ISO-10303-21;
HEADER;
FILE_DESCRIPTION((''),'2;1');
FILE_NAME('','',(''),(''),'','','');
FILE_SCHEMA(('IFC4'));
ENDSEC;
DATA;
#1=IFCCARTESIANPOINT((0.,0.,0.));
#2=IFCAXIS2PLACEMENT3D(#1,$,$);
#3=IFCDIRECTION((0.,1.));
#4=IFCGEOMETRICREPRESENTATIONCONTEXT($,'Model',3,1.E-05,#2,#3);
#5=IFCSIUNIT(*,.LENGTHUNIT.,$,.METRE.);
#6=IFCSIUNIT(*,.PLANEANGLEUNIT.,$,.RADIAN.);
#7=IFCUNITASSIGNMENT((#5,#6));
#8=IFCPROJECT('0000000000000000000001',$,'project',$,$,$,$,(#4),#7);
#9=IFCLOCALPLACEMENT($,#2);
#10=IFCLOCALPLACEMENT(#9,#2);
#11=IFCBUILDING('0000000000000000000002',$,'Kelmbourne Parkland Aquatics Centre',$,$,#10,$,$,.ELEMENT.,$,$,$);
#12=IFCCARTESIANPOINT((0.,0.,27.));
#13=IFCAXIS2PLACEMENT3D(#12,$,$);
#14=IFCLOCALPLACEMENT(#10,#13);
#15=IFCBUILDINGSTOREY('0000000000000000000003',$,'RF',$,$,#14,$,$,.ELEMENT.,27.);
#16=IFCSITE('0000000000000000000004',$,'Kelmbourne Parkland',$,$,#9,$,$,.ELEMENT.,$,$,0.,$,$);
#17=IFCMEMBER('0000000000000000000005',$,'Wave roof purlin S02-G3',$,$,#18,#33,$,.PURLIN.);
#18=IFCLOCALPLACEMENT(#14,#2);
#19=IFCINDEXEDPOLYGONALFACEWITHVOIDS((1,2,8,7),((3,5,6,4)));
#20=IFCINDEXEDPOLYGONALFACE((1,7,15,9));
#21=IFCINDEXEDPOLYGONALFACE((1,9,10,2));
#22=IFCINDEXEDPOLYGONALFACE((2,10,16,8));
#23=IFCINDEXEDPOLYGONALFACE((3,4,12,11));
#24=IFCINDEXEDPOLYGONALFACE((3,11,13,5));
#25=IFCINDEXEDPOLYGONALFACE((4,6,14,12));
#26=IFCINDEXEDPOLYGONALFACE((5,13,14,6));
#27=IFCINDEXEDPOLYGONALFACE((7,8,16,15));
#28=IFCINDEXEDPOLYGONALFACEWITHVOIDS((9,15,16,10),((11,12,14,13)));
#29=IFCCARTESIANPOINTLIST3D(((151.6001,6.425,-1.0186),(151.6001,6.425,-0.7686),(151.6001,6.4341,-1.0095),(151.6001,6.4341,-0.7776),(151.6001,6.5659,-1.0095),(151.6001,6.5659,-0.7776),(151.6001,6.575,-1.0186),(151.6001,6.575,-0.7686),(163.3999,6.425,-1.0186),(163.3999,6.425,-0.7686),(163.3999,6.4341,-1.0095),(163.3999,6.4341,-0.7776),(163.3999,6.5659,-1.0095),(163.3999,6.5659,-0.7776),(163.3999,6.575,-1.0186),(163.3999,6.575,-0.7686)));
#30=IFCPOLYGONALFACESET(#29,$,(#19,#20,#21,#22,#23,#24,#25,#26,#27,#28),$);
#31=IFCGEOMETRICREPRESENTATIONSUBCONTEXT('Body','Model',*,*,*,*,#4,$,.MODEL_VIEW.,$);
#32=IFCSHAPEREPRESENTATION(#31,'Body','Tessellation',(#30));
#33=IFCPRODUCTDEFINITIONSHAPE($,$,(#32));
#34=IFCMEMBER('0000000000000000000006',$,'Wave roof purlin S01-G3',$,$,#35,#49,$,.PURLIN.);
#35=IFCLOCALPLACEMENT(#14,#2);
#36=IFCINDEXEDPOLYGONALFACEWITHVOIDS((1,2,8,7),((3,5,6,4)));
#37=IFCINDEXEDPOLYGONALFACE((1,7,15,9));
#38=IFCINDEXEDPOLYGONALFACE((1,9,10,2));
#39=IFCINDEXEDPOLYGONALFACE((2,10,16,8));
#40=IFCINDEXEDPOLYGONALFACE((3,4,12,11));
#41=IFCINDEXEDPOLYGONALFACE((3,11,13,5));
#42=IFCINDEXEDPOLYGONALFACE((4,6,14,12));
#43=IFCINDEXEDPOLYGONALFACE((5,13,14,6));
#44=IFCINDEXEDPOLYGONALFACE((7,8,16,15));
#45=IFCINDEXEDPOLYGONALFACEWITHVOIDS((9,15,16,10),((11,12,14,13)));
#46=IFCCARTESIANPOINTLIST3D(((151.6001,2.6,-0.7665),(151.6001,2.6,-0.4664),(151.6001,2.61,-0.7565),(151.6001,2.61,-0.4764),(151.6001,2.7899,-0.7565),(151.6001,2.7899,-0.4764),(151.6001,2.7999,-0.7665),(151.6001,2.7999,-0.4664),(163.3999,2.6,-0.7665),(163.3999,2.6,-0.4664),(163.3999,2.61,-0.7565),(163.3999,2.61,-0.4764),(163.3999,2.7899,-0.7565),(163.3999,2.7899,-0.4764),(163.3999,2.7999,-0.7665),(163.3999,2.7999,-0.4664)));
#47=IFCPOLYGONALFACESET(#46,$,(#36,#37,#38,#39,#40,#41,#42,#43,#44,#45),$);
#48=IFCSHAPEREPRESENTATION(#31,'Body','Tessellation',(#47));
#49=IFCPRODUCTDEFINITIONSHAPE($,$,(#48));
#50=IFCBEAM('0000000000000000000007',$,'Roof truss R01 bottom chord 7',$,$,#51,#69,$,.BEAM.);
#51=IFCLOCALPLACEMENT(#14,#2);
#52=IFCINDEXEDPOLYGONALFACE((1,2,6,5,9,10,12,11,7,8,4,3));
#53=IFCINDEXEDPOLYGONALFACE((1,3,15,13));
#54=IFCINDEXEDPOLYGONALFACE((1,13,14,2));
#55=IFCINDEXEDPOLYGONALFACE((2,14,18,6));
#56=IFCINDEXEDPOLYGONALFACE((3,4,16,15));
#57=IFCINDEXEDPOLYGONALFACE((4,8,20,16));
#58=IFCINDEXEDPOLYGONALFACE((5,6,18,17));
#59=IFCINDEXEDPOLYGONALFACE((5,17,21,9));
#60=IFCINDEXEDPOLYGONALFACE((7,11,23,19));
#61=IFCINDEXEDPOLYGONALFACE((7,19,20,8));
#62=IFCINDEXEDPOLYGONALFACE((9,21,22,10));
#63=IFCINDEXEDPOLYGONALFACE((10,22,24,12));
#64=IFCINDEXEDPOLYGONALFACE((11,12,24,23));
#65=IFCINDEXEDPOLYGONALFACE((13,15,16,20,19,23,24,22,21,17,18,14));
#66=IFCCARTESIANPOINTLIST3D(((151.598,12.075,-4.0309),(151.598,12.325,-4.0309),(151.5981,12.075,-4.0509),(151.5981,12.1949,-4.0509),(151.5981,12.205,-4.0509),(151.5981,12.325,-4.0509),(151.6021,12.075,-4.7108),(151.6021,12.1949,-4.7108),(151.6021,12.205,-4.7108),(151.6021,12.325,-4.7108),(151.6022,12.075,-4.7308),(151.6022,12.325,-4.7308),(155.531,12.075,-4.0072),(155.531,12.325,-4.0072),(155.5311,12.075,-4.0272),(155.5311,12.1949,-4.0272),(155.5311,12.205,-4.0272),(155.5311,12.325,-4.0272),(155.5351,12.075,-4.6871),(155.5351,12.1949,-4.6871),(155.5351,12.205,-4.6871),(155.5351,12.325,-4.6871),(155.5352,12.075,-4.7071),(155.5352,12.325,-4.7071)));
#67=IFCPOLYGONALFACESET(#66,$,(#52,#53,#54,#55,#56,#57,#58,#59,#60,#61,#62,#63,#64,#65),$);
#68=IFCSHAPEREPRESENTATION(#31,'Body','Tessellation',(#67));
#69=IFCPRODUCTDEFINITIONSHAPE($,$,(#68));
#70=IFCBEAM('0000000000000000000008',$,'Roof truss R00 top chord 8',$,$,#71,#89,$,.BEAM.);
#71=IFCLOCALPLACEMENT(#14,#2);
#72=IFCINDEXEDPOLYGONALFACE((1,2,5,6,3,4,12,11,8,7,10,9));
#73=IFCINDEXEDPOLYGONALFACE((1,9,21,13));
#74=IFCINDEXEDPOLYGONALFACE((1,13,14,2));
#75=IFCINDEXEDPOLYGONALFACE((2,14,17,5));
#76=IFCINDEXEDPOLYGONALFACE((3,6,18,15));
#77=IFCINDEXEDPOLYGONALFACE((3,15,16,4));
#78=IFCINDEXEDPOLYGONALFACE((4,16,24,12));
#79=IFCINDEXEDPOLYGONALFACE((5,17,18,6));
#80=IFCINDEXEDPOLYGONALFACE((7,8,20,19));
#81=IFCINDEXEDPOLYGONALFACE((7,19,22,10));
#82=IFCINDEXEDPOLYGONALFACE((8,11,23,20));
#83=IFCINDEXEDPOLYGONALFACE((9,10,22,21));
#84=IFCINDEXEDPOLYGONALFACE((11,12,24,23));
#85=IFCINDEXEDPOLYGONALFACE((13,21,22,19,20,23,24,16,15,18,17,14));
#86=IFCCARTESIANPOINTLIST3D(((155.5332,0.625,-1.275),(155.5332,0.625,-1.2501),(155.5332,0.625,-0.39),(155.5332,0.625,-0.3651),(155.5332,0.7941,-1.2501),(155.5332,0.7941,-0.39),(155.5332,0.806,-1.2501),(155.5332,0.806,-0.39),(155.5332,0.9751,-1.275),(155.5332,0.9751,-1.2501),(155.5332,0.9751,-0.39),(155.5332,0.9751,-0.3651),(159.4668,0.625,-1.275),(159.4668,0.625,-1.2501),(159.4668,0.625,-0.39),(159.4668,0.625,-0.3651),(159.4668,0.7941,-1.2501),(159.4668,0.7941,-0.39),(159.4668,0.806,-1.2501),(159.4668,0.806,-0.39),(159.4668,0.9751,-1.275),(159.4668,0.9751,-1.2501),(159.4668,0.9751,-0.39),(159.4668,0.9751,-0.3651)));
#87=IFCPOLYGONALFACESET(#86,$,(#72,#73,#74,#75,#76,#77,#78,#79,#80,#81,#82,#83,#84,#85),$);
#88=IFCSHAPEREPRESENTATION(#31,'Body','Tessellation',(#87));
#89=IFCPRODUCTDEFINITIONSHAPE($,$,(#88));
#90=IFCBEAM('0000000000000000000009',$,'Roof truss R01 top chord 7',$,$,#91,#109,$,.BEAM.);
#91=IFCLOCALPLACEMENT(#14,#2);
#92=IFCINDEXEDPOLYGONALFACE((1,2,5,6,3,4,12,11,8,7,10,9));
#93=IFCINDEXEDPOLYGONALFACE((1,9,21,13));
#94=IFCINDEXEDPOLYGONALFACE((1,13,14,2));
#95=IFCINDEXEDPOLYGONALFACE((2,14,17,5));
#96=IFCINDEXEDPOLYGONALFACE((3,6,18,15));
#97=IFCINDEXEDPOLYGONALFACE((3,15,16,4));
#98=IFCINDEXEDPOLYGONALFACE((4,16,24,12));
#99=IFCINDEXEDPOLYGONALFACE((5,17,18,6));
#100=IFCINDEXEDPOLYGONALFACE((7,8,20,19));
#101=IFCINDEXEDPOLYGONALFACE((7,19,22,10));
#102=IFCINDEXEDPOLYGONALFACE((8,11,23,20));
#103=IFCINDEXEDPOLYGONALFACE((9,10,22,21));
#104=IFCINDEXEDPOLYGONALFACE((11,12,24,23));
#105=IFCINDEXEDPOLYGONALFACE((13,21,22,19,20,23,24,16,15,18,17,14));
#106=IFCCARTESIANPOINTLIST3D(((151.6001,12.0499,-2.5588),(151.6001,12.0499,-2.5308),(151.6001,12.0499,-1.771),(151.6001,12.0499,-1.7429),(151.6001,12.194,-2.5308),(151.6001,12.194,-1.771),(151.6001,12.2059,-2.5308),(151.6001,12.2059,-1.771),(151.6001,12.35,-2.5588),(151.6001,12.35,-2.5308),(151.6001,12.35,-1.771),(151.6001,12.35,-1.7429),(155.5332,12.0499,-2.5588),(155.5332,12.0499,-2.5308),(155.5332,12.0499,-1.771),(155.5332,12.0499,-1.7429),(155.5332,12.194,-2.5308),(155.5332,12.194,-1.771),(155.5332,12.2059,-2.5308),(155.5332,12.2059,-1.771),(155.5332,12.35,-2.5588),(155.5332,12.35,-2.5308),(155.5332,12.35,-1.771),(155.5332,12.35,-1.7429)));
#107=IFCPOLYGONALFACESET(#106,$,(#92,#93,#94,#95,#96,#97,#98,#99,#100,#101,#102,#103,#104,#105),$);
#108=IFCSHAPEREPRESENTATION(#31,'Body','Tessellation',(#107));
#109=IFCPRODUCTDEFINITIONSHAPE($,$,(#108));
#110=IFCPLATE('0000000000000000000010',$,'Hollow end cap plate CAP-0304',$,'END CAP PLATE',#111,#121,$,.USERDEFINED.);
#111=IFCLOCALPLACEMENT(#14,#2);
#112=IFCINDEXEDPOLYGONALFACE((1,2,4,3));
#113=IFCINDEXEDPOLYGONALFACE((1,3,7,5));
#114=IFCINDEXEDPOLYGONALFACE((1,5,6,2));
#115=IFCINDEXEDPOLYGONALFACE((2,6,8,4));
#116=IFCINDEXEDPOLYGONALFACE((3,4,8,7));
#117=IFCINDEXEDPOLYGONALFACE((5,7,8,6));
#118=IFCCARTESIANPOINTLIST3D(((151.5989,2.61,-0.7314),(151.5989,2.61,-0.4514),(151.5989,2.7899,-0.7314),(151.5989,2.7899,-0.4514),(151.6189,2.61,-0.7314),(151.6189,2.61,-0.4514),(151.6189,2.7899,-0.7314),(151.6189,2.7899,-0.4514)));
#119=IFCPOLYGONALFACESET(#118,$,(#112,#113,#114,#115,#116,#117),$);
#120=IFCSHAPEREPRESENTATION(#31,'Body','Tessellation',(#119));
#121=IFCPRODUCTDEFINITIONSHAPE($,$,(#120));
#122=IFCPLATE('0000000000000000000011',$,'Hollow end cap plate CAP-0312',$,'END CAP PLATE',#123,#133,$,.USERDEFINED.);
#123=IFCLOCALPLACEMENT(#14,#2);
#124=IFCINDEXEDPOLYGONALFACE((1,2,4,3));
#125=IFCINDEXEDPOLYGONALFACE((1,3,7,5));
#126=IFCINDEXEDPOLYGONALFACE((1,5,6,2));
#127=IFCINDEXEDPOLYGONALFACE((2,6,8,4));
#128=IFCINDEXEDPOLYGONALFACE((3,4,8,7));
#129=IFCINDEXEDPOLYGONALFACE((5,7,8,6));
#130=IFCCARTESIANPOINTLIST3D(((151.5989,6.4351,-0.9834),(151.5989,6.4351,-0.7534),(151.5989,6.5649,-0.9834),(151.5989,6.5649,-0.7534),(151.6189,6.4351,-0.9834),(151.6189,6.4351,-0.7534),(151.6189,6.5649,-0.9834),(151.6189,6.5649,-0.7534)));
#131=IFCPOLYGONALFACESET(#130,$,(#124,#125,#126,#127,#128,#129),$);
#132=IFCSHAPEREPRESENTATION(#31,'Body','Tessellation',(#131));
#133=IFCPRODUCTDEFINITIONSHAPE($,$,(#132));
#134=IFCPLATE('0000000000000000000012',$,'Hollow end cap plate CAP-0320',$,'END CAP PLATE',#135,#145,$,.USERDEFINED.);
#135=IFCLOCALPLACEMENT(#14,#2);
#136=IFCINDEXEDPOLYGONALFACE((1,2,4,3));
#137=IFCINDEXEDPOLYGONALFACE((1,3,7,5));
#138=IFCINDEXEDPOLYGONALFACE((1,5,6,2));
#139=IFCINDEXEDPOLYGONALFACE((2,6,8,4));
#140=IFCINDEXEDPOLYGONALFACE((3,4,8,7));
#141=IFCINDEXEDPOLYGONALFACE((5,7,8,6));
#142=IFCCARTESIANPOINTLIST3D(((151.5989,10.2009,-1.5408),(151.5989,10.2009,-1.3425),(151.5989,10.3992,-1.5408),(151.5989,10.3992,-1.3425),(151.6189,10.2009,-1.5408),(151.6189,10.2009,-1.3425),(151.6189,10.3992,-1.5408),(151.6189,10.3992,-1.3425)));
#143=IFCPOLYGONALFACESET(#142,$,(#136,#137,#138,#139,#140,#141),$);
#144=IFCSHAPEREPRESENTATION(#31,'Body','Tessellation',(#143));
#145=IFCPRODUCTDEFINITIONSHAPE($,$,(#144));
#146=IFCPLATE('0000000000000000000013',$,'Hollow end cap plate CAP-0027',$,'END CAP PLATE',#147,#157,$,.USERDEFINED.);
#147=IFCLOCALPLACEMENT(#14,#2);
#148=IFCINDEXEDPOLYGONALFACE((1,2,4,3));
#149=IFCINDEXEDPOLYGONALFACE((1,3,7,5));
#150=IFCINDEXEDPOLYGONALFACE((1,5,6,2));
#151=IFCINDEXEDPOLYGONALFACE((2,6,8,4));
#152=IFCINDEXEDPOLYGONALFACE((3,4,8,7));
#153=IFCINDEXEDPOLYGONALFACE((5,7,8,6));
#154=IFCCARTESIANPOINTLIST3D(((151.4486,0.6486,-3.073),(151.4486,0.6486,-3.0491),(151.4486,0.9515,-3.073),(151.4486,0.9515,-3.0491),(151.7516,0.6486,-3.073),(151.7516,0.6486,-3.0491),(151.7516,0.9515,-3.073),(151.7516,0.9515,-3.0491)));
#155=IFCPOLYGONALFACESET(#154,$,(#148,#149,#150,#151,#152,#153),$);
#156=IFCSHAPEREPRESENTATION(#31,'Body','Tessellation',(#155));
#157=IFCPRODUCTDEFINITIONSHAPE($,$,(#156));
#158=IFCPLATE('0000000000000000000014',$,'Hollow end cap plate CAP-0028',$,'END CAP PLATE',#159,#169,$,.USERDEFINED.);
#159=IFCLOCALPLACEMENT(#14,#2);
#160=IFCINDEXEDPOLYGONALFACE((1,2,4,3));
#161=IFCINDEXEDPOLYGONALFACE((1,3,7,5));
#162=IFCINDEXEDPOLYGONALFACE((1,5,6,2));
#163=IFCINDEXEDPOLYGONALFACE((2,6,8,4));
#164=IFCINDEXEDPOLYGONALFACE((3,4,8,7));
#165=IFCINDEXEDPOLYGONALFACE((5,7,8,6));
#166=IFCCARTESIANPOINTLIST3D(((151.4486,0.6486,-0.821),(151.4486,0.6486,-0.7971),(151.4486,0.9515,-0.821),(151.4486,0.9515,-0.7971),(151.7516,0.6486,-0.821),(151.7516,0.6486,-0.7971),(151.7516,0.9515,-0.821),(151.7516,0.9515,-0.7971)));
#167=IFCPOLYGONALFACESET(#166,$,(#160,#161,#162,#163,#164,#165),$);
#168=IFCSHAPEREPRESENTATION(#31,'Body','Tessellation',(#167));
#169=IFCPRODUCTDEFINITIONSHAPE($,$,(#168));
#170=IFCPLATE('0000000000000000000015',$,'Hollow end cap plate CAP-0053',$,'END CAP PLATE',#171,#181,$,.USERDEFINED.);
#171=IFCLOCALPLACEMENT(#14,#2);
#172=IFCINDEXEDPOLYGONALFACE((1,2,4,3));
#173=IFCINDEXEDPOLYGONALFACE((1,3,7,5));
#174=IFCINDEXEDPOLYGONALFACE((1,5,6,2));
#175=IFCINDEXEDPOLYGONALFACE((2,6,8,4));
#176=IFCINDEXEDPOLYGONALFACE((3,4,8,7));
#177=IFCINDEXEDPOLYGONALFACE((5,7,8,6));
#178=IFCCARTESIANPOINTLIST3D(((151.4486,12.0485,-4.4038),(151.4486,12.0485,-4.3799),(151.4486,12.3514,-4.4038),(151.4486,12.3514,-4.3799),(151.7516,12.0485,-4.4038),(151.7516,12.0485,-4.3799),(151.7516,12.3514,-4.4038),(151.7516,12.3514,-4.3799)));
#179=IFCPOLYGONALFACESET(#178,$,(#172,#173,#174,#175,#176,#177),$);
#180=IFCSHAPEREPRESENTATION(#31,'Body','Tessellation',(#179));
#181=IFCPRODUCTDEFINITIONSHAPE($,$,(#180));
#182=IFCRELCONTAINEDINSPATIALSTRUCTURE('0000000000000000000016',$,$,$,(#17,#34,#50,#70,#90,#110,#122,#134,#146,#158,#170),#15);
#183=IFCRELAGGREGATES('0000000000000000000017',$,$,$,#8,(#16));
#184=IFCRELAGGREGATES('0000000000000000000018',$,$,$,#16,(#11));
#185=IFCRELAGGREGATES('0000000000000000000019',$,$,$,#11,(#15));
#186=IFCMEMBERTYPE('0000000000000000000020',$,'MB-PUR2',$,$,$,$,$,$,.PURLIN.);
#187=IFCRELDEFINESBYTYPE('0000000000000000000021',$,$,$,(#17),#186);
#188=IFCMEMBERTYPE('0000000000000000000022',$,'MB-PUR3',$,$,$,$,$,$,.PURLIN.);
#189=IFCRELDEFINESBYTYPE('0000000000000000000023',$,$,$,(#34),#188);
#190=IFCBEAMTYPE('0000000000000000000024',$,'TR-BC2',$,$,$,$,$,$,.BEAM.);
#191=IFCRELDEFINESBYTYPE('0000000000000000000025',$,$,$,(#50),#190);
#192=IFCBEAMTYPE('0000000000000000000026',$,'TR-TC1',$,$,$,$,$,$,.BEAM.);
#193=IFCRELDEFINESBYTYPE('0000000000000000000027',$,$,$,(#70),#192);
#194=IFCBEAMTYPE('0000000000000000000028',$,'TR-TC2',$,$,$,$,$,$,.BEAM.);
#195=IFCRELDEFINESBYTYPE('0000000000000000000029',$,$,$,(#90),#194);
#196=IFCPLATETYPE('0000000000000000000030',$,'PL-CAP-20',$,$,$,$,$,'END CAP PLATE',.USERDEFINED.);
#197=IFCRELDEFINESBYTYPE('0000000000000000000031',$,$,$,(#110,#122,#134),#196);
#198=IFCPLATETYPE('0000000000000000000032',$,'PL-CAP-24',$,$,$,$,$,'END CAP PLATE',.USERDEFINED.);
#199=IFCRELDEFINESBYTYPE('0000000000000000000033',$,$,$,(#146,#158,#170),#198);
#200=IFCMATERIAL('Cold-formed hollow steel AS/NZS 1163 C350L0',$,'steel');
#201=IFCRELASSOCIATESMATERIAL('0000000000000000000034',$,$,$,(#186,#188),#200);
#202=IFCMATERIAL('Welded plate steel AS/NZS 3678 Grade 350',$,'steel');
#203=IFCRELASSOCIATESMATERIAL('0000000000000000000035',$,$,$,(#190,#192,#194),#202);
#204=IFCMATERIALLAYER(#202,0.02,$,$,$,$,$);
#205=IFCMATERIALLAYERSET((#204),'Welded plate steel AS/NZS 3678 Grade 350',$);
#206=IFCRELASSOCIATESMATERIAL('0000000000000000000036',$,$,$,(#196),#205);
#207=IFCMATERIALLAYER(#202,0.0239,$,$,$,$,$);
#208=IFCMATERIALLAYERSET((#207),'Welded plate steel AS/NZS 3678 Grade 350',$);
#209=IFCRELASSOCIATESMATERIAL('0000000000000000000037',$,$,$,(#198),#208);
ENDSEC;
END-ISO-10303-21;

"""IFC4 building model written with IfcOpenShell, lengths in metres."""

from ifc_helpers import new_model, si_unit, direction, frame, origin, origin_2d, place, context, subcontext, project, spatial, rectangle, hollow_rectangle, i_section, extrude, material, layer, layer_set, material_profile, profile_set, type_object, element, save


model = new_model("IFC4")

# Units and contexts
model_context = context("Model", 3, precision=1e-05, world=origin(), true_north=direction((0.0, 1.0)))
body_context = subcontext(model_context, "Body", "Model", "MODEL_VIEW")
ifc_project = project(units=[si_unit("LENGTHUNIT", "METRE"), si_unit("PLANEANGLEUNIT", "RADIAN")], contexts=[model_context])

# Site, building, storey
site_placement = place(None, origin())
site = spatial("IfcSite", under=ifc_project, at=site_placement, Name="Kelmbourne Parkland", CompositionType="ELEMENT", RefElevation=0.0)
building_placement = place(site_placement, origin())
building = spatial("IfcBuilding", under=site, at=building_placement, Name="Kelmbourne Parkland Aquatics Centre", CompositionType="ELEMENT")
storey_placement = place(building_placement, frame((0.0, 0.0, 27.0)))
storey = spatial("IfcBuildingStorey", under=building, at=storey_placement, Name="RF", CompositionType="ELEMENT", Elevation=27.0)

# Members
ifc_material_1 = material(Name="Cold-formed hollow steel AS/NZS 1163 C350L0", Category="steel")
ifc_material_profile_1 = material_profile(ifc_material_1, hollow_rectangle(XDim=0.1499, YDim=0.25, WallThickness=0.009, at=origin_2d()), Name="RHS 250x150x9.0")
ifc_profile_set_1 = profile_set([ifc_material_profile_1], Name="Cold-formed hollow steel AS/NZS 1163 C350L0")
member_type_1 = type_object("IfcMemberType", Name="MB-PUR2", PredefinedType="PURLIN", material=ifc_profile_set_1)
member_1_placement = place(storey_placement, frame((151.6001, 6.5, -0.8936), z_axis=(1.0, 0.0, 0.0), x_axis=(0.0, 1.0, 0.0)))
element("IfcMember", 1, at=member_1_placement, inside=storey, type_object=member_type_1, Name="Wave roof purlin S02-G3", PredefinedType="PURLIN", context=body_context, shape_type="SweptSolid", body=[
    extrude(hollow_rectangle(XDim=0.1499, YDim=0.25, WallThickness=0.009, at=origin_2d()), origin(), (0.0, 0.0, 1.0), 11.7998),
])
ifc_material_profile_2 = material_profile(ifc_material_1, hollow_rectangle(XDim=0.2, YDim=0.3, WallThickness=0.01, at=origin_2d()), Name="RHS 300x200x10.0")
ifc_profile_set_2 = profile_set([ifc_material_profile_2], Name="Cold-formed hollow steel AS/NZS 1163 C350L0")
member_type_2 = type_object("IfcMemberType", Name="MB-PUR3", PredefinedType="PURLIN", material=ifc_profile_set_2)
member_2_placement = place(storey_placement, frame((151.6001, 2.7, -0.6165), z_axis=(1.0, 0.0, 0.0), x_axis=(0.0, 1.0, 0.0)))
element("IfcMember", 2, at=member_2_placement, inside=storey, type_object=member_type_2, Name="Wave roof purlin S01-G3", PredefinedType="PURLIN", context=body_context, shape_type="SweptSolid", body=[
    extrude(hollow_rectangle(XDim=0.2, YDim=0.3, WallThickness=0.01, at=origin_2d()), origin(), (0.0, 0.0, 1.0), 11.7998),
])

# Beams
ifc_material_2 = material(Name="Welded plate steel AS/NZS 3678 Grade 350", Category="steel")
ifc_material_profile_3 = material_profile(ifc_material_2, i_section(OverallWidth=0.25, OverallDepth=0.7, WebThickness=0.01, FlangeThickness=0.02, at=origin_2d()), Name="700WB130")
ifc_profile_set_3 = profile_set([ifc_material_profile_3], Name="Welded plate steel AS/NZS 3678 Grade 350")
beam_type_1 = type_object("IfcBeamType", Name="TR-BC2", PredefinedType="BEAM", material=ifc_profile_set_3)
beam_1_placement = place(storey_placement, frame((151.6001, 12.2, -4.3809), z_axis=(0.999982, 0.0, 0.006021), x_axis=(0.0, 1.0, 0.0)))
element("IfcBeam", 3, at=beam_1_placement, inside=storey, type_object=beam_type_1, Name="Roof truss R01 bottom chord 7", PredefinedType="BEAM", context=body_context, shape_type="SweptSolid", body=[
    extrude(i_section(OverallWidth=0.25, OverallDepth=0.7, WebThickness=0.01, FlangeThickness=0.02, at=origin_2d()), origin(), (0.0, 0.0, 1.0), 3.9331),
])
ifc_material_profile_4 = material_profile(ifc_material_2, i_section(OverallWidth=0.3501, OverallDepth=0.9099, WebThickness=0.012, FlangeThickness=0.0249, at=origin_2d()), Name="900WB218")
ifc_profile_set_4 = profile_set([ifc_material_profile_4], Name="Welded plate steel AS/NZS 3678 Grade 350")
beam_type_2 = type_object("IfcBeamType", Name="TR-TC1", PredefinedType="BEAM", material=ifc_profile_set_4)
beam_2_placement = place(storey_placement, frame((155.5332, 0.8, -0.8201), z_axis=(1.0, 0.0, 0.0), x_axis=(0.0, 1.0, 0.0)))
element("IfcBeam", 4, at=beam_2_placement, inside=storey, type_object=beam_type_2, Name="Roof truss R00 top chord 8", PredefinedType="BEAM", context=body_context, shape_type="SweptSolid", body=[
    extrude(i_section(OverallWidth=0.3501, OverallDepth=0.9099, WebThickness=0.012, FlangeThickness=0.0249, at=origin_2d()), origin(), (0.0, 0.0, 1.0), 3.9336),
])
ifc_material_profile_5 = material_profile(ifc_material_2, i_section(OverallWidth=0.3, OverallDepth=0.8159, WebThickness=0.012, FlangeThickness=0.0281, at=origin_2d()), Name="800WB192")
ifc_profile_set_5 = profile_set([ifc_material_profile_5], Name="Welded plate steel AS/NZS 3678 Grade 350")
beam_type_3 = type_object("IfcBeamType", Name="TR-TC2", PredefinedType="BEAM", material=ifc_profile_set_5)
beam_3_placement = place(storey_placement, frame((151.6001, 12.2, -2.1509), z_axis=(1.0, 0.0, 0.0), x_axis=(0.0, 1.0, 0.0)))
element("IfcBeam", 5, at=beam_3_placement, inside=storey, type_object=beam_type_3, Name="Roof truss R01 top chord 7", PredefinedType="BEAM", context=body_context, shape_type="SweptSolid", body=[
    extrude(i_section(OverallWidth=0.3, OverallDepth=0.8159, WebThickness=0.012, FlangeThickness=0.0281, at=origin_2d()), origin(), (0.0, 0.0, 1.0), 3.9331),
])

# Plates
ifc_layer_1 = layer(ifc_material_2, 0.02)
ifc_layer_set_1 = layer_set([ifc_layer_1], Name="Welded plate steel AS/NZS 3678 Grade 350")
plate_type_1 = type_object("IfcPlateType", Name="PL-CAP-20", ElementType="END CAP PLATE", PredefinedType="USERDEFINED", material=ifc_layer_set_1)
plate_1_placement = place(storey_placement, frame((151.6089, 2.7, -0.7314), z_axis=(0.0, 0.0, 1.0), x_axis=(1.0, 0.0, 0.0)))
element("IfcPlate", 6, at=plate_1_placement, inside=storey, type_object=plate_type_1, Name="Hollow end cap plate CAP-0304", ObjectType="END CAP PLATE", PredefinedType="USERDEFINED", context=body_context, shape_type="SweptSolid", body=[
    extrude(rectangle(XDim=0.02, YDim=0.1799, at=origin_2d()), origin(), (0.0, 0.0, 1.0), 0.28),
])
plate_2_placement = place(storey_placement, frame((151.6089, 6.5, -0.9834), z_axis=(0.0, 0.0, 1.0), x_axis=(1.0, 0.0, 0.0)))
element("IfcPlate", 7, at=plate_2_placement, inside=storey, type_object=plate_type_1, Name="Hollow end cap plate CAP-0312", ObjectType="END CAP PLATE", PredefinedType="USERDEFINED", context=body_context, shape_type="SweptSolid", body=[
    extrude(rectangle(XDim=0.02, YDim=0.1299, at=origin_2d()), origin(), (0.0, 0.0, 1.0), 0.23),
])
plate_3_placement = place(storey_placement, frame((151.6089, 10.3, -1.5408), z_axis=(0.0, 0.0, 1.0), x_axis=(1.0, 0.0, 0.0)))
element("IfcPlate", 8, at=plate_3_placement, inside=storey, type_object=plate_type_1, Name="Hollow end cap plate CAP-0320", ObjectType="END CAP PLATE", PredefinedType="USERDEFINED", context=body_context, shape_type="SweptSolid", body=[
    extrude(rectangle(XDim=0.02, YDim=0.1982, at=origin_2d()), origin(), (0.0, 0.0, 1.0), 0.1982),
])
ifc_layer_2 = layer(ifc_material_2, 0.0239)
ifc_layer_set_2 = layer_set([ifc_layer_2], Name="Welded plate steel AS/NZS 3678 Grade 350")
plate_type_2 = type_object("IfcPlateType", Name="PL-CAP-24", ElementType="END CAP PLATE", PredefinedType="USERDEFINED", material=ifc_layer_set_2)
for number, where, z_axis, x_axis, name in (
    (9, (151.6001, 0.8, -3.073), (0.0, 0.0, 1.0), (1.0, 0.0, 0.0), "Hollow end cap plate CAP-0027"),
    (10, (151.6001, 0.8, -0.821), (0.0, 0.0, 1.0), (1.0, 0.0, 0.0), "Hollow end cap plate CAP-0028"),
    (11, (151.6001, 12.2, -4.4038), (0.0, 0.0, 1.0), (1.0, 0.0, 0.0), "Hollow end cap plate CAP-0053"),
):
    element("IfcPlate", number, at=place(storey_placement, frame(where, z_axis=z_axis, x_axis=x_axis)), inside=storey, type_object=plate_type_2, Name=name, ObjectType="END CAP PLATE", PredefinedType="USERDEFINED", context=body_context, shape_type="SweptSolid", body=[
        extrude(rectangle(XDim=0.303, YDim=0.303, at=origin_2d()), origin(), (0.0, 0.0, 1.0), 0.0239),
    ])

save(model, "model.ifc")
